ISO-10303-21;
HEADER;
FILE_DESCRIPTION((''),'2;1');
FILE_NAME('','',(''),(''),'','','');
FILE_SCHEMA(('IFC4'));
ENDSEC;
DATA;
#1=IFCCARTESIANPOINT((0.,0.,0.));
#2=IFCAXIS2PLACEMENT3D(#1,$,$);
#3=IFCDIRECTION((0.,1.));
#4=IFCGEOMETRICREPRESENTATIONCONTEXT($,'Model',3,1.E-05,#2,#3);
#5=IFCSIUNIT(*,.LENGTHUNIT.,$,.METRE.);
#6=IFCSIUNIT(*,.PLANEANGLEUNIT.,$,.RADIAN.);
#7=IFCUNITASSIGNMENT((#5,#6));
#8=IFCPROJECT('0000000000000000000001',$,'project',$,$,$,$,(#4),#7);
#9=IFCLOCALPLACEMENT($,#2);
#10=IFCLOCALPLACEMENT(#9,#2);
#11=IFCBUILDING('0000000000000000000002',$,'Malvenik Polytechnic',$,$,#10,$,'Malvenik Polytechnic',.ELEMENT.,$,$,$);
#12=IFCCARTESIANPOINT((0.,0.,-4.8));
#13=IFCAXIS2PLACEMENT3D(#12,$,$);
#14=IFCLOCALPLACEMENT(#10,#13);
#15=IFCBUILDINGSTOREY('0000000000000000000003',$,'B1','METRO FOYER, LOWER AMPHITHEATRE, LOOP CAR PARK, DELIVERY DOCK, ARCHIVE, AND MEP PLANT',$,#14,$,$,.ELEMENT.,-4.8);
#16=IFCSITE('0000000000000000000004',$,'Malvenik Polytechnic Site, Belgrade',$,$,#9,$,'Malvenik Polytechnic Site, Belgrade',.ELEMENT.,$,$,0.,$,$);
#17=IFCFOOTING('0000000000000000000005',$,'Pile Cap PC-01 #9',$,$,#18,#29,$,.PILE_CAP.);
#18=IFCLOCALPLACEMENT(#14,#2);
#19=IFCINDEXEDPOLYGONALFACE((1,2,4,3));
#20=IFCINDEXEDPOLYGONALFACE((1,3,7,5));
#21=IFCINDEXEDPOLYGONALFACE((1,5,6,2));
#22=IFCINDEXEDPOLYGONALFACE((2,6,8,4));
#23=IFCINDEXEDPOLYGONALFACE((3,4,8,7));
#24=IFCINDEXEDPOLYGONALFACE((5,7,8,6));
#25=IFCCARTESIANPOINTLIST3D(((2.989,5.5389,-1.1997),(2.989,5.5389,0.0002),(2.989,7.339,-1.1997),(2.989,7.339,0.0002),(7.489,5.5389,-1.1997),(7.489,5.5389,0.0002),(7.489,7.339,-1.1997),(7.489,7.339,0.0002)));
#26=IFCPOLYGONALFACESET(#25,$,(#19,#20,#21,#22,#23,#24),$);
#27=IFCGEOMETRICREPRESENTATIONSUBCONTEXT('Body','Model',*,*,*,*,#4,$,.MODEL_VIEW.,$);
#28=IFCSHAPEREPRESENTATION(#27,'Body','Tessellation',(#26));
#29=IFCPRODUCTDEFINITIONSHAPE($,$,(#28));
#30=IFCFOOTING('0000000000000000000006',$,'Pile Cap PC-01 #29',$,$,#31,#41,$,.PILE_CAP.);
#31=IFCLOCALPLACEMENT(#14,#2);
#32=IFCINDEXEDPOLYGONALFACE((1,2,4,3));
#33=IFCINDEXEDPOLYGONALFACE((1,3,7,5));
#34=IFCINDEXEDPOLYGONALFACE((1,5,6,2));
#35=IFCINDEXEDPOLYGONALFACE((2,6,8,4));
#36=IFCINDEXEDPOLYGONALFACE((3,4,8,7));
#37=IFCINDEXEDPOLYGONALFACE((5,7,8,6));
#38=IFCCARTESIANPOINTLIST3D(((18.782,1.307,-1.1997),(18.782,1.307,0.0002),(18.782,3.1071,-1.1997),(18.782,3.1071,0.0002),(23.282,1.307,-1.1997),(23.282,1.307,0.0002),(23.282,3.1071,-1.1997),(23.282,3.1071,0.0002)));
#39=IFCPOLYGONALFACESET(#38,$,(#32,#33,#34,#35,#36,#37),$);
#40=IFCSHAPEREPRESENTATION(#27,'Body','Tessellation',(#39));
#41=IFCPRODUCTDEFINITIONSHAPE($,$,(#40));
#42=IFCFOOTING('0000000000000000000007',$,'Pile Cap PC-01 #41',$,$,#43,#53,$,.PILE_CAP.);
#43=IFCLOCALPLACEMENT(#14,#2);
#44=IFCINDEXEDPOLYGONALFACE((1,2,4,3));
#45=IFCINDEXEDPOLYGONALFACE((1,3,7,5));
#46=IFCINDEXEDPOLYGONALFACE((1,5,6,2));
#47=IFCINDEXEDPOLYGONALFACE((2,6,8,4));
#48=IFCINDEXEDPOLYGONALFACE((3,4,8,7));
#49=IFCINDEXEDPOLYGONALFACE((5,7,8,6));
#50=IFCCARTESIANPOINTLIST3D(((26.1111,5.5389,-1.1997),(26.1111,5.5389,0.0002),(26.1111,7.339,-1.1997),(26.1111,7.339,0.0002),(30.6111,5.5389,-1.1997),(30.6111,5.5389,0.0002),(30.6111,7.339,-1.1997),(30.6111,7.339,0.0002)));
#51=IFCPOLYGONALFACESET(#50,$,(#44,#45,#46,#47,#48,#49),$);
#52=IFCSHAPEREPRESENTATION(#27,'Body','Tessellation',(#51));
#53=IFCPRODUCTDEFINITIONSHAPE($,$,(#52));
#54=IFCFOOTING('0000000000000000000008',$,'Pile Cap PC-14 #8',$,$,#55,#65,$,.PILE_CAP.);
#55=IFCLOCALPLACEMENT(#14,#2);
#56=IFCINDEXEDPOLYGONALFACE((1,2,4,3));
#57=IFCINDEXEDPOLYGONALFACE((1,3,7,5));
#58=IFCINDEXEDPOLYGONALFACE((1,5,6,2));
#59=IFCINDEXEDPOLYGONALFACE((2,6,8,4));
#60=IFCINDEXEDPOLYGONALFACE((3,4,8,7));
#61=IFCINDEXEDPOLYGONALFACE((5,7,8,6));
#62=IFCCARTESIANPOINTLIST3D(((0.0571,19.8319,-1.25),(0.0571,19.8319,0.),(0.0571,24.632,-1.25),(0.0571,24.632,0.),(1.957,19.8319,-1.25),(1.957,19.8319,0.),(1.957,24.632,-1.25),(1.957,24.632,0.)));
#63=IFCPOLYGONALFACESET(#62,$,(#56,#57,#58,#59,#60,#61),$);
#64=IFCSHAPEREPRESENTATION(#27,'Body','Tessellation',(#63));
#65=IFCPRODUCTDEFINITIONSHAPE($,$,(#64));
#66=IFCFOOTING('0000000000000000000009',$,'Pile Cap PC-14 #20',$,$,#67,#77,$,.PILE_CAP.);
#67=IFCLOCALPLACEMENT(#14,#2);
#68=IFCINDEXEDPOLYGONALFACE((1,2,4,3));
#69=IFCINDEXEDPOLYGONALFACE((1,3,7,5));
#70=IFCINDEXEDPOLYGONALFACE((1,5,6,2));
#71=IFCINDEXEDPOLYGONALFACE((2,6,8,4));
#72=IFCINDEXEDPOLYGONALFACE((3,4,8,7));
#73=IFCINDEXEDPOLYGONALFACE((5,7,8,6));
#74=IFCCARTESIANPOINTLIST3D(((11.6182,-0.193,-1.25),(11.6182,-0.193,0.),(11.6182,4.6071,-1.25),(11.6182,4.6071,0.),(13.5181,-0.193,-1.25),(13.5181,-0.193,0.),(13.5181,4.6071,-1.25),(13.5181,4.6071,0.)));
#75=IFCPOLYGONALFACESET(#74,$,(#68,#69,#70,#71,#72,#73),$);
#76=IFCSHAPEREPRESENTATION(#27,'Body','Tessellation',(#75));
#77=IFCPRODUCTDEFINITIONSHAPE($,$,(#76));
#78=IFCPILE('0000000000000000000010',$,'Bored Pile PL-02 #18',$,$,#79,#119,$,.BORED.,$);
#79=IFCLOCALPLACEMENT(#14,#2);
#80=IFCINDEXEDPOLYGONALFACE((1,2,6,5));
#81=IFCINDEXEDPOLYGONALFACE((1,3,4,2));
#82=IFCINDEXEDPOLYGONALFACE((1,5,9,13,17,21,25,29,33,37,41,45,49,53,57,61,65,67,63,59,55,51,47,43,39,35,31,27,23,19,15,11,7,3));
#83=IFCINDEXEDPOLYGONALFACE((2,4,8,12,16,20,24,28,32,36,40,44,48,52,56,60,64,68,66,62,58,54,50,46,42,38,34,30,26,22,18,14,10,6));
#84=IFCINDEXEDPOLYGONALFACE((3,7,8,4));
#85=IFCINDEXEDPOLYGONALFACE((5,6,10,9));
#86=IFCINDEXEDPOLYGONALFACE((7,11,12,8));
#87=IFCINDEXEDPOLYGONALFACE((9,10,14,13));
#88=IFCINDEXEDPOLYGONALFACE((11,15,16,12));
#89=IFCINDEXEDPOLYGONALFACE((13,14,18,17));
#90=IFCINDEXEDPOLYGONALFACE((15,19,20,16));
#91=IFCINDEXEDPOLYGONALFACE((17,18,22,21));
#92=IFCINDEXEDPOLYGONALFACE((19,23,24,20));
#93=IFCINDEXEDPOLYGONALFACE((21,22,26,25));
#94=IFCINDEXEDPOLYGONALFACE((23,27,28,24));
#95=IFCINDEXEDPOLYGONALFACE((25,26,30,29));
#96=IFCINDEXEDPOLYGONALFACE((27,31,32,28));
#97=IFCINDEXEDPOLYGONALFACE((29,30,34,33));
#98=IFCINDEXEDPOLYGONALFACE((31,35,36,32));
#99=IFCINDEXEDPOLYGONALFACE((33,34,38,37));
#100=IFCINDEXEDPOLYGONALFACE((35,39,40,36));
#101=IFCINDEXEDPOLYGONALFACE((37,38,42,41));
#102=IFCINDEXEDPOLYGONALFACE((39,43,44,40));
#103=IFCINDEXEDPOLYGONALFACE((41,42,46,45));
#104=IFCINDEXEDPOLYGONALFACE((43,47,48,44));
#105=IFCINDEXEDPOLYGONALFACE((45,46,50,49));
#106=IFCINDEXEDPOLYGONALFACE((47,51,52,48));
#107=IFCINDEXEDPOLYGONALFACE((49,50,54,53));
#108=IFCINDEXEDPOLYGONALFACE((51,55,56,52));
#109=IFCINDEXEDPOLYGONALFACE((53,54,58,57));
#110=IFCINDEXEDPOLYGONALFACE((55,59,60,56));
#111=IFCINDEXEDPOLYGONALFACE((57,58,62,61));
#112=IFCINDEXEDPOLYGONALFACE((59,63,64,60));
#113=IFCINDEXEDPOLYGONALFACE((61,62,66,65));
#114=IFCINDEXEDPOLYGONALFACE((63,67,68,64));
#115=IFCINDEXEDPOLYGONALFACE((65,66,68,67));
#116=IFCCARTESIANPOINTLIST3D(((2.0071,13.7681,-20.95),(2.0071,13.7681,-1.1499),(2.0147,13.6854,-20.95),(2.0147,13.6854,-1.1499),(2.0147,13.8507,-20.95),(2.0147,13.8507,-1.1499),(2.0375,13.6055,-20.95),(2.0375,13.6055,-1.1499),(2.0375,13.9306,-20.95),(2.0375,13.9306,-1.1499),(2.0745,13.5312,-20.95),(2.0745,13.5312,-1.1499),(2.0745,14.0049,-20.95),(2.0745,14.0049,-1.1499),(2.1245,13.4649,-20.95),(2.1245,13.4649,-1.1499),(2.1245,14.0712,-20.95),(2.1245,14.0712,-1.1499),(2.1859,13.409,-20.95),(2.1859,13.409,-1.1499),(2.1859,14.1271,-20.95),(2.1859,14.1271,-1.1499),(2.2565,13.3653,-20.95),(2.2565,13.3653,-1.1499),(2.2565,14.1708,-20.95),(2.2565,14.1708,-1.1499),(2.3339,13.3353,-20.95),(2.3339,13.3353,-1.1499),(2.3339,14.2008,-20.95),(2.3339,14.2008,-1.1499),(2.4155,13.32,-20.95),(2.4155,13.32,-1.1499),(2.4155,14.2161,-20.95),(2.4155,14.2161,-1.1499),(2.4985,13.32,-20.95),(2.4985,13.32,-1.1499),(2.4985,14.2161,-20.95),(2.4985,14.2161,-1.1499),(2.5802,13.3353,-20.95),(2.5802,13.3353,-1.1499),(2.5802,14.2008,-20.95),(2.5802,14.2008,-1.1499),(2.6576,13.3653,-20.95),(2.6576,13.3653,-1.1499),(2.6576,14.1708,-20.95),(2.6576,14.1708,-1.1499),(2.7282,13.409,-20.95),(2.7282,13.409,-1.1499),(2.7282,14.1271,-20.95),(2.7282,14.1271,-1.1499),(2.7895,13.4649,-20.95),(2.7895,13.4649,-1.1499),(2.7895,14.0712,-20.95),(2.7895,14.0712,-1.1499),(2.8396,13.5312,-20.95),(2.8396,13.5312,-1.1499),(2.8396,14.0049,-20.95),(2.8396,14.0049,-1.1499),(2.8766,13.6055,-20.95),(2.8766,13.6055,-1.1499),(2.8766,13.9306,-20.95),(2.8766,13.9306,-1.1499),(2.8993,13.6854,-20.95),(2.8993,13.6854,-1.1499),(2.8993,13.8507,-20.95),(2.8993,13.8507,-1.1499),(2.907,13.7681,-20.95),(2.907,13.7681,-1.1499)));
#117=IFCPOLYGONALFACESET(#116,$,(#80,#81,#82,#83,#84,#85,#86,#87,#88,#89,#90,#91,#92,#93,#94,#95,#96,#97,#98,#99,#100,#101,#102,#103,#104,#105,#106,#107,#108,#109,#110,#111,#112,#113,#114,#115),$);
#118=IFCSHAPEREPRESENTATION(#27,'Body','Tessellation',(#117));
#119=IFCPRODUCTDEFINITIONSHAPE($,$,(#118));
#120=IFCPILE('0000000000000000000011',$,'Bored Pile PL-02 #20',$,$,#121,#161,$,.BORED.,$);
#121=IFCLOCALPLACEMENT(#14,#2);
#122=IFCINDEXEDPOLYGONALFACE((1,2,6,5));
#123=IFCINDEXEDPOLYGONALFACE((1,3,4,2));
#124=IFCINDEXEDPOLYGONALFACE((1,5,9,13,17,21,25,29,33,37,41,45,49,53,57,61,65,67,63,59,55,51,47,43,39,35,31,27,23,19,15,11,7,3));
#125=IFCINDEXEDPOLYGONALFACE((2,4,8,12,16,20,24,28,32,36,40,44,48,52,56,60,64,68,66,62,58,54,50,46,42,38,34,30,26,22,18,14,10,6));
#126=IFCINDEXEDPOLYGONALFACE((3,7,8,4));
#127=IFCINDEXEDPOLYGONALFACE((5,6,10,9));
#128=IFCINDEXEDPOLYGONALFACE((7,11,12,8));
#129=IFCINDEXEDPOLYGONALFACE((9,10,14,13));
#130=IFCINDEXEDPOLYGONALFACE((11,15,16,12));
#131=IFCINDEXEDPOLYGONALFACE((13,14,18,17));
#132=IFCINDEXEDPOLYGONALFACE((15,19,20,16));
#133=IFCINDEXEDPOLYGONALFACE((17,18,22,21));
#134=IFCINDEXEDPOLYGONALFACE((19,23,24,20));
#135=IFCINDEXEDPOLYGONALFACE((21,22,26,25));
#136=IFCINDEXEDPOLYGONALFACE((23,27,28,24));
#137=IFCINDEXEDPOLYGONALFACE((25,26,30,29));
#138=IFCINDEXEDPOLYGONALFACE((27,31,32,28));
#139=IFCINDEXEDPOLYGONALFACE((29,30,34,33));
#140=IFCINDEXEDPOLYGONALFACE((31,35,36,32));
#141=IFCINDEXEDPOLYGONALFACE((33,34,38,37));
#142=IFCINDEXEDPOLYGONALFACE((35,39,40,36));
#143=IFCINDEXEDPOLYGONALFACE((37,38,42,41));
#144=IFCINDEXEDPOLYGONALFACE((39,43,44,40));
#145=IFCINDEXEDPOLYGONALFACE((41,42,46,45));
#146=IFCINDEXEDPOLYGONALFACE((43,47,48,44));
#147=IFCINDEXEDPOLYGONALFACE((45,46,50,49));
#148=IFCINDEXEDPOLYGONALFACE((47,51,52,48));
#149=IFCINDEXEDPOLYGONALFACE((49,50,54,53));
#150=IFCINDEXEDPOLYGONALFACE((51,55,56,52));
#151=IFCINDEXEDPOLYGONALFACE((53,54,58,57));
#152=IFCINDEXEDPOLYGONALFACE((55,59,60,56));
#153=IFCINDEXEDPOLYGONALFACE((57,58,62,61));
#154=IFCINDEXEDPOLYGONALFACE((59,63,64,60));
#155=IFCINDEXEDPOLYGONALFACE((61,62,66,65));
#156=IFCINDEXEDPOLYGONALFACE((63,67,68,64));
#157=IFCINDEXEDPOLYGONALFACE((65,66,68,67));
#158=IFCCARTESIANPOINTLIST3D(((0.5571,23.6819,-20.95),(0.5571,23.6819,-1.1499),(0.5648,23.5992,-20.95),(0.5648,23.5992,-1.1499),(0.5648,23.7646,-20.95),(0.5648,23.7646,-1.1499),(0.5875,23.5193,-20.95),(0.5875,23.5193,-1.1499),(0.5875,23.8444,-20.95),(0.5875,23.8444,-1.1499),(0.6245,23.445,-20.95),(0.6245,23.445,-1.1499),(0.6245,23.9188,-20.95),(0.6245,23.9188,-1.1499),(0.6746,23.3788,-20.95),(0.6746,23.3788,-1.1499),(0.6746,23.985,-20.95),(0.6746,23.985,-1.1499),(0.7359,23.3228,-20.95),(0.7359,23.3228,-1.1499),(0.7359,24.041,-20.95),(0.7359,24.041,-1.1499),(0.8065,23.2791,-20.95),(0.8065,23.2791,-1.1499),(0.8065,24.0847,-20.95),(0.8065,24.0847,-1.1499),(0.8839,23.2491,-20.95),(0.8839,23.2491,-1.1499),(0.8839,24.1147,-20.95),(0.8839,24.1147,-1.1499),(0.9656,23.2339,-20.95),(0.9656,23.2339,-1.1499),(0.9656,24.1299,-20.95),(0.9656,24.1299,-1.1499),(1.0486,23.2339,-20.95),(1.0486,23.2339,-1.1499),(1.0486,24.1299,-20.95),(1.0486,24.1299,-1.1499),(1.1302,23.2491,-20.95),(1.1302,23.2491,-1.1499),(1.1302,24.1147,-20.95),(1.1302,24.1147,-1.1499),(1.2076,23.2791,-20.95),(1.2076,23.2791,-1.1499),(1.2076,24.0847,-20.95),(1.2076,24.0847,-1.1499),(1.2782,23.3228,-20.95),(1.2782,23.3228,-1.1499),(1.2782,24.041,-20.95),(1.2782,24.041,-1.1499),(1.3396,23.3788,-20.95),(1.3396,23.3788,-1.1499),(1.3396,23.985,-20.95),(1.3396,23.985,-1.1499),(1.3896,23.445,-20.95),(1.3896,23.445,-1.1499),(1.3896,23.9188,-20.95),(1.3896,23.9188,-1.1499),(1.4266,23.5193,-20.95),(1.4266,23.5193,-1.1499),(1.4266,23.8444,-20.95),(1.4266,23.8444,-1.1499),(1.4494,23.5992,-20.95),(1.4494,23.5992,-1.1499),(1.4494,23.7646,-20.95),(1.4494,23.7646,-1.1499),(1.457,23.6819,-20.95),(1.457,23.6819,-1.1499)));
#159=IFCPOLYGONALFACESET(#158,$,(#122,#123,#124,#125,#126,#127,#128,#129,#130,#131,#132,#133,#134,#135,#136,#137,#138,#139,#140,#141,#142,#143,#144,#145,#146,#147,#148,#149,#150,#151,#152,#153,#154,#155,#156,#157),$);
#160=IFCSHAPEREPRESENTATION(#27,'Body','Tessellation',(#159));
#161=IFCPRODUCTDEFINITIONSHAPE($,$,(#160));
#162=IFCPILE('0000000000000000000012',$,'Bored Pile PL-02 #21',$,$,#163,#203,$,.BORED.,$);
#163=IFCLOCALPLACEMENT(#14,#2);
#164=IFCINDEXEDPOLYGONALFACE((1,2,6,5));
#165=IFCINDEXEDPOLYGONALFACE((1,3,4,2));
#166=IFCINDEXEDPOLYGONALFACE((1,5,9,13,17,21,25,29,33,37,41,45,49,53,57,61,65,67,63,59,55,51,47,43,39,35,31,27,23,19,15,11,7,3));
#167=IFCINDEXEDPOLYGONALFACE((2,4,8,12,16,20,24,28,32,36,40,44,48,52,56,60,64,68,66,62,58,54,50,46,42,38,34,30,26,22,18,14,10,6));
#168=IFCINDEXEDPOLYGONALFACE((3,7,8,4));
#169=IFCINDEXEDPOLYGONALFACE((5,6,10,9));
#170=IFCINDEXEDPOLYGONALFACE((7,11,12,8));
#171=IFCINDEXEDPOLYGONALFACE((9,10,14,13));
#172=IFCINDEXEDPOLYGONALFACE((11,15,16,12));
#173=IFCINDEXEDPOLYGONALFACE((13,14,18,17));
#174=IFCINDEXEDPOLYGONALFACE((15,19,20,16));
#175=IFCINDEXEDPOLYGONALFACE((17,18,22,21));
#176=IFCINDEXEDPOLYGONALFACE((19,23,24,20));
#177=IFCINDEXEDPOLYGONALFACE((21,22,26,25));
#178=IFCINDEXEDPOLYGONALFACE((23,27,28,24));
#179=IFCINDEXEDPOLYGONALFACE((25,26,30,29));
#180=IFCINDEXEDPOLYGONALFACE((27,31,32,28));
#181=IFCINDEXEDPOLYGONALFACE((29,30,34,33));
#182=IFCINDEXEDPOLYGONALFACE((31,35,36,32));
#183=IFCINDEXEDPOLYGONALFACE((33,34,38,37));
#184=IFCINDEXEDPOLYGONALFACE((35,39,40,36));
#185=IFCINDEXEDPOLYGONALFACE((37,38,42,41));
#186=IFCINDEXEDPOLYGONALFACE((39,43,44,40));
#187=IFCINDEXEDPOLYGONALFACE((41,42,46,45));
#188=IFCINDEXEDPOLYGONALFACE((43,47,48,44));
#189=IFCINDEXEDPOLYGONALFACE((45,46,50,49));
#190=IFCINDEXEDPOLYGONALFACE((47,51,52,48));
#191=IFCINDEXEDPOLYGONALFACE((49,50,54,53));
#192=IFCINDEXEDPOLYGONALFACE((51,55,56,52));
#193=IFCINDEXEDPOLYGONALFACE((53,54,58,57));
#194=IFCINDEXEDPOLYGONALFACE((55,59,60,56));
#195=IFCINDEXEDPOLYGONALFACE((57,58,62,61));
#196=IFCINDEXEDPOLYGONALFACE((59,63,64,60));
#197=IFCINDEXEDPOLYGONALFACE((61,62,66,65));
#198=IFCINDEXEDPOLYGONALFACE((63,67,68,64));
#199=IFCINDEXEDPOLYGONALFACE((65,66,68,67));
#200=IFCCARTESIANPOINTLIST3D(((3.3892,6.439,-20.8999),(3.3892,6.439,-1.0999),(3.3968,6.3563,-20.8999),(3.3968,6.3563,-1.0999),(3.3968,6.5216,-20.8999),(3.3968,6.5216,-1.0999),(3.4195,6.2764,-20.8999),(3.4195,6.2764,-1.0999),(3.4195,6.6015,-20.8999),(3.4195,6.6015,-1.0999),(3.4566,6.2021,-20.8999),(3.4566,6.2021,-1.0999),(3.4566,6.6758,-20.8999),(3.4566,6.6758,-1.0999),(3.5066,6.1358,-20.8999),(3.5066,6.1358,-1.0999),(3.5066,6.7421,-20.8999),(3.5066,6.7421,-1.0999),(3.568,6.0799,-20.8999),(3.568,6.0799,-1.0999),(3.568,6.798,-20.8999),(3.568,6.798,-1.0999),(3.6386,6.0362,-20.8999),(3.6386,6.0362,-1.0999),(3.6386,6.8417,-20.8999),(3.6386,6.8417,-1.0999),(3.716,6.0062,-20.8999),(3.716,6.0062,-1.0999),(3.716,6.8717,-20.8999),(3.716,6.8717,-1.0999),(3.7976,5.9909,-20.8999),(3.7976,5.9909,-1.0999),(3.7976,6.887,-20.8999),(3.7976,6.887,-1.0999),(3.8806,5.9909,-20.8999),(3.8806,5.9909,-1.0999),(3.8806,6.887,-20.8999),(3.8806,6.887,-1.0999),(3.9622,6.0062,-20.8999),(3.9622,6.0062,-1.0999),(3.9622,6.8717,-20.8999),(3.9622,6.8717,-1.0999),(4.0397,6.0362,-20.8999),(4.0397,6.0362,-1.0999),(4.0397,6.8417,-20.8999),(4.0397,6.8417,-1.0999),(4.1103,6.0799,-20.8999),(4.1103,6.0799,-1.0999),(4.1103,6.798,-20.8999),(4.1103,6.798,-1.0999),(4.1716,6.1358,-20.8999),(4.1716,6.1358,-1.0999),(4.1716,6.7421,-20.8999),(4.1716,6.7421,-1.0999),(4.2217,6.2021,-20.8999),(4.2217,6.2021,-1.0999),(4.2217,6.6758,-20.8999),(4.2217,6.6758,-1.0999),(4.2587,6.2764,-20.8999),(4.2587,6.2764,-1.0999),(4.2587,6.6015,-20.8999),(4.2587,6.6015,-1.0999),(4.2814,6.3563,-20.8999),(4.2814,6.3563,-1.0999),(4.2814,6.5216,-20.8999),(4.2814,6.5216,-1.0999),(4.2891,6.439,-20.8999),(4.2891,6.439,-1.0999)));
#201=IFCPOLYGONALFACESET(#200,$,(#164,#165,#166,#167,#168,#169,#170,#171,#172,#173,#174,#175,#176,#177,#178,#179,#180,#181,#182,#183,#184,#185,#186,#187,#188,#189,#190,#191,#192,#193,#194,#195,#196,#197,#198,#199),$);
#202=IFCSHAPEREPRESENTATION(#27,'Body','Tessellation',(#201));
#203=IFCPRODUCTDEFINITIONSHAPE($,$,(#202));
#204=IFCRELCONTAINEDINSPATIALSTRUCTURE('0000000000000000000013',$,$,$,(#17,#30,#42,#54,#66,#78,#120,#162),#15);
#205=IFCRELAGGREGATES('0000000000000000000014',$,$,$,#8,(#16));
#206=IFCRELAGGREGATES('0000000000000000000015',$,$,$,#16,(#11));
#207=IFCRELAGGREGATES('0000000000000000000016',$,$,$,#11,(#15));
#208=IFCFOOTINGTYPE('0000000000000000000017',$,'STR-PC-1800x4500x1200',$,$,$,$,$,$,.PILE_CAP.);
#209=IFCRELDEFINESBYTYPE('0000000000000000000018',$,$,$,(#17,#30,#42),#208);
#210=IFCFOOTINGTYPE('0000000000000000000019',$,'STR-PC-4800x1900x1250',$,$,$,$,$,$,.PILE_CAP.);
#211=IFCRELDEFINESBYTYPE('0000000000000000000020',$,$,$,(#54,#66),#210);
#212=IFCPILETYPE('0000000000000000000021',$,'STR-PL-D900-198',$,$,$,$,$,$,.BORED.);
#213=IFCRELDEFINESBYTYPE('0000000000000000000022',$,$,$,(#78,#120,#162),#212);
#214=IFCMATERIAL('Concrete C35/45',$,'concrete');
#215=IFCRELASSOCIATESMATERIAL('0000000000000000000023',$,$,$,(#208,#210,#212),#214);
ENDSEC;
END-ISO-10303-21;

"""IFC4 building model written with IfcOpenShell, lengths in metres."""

from ifc_helpers import new_model, si_unit, direction, frame, origin, origin_2d, place, context, subcontext, project, spatial, rectangle, circle, extrude, material, material_profile, profile_set, type_object, element, save


model = new_model("IFC4")

# Units and contexts
model_context = context("Model", 3, precision=1e-05, world=origin(), true_north=direction((0.0, 1.0)))
body_context = subcontext(model_context, "Body", "Model", "MODEL_VIEW")
ifc_project = project(units=[si_unit("LENGTHUNIT", "METRE"), si_unit("PLANEANGLEUNIT", "RADIAN")], contexts=[model_context])

# Site, building, storey
site_placement = place(None, origin())
site = spatial("IfcSite", under=ifc_project, at=site_placement, Name="Malvenik Polytechnic Site, Belgrade", LongName="Malvenik Polytechnic Site, Belgrade", CompositionType="ELEMENT", RefElevation=0.0)
building_placement = place(site_placement, origin())
building = spatial("IfcBuilding", under=site, at=building_placement, Name="Malvenik Polytechnic", LongName="Malvenik Polytechnic", CompositionType="ELEMENT")
storey_placement = place(building_placement, frame((0.0, 0.0, -4.8)))
storey = spatial("IfcBuildingStorey", under=building, at=storey_placement, Name="B1", Description="METRO FOYER, LOWER AMPHITHEATRE, LOOP CAR PARK, DELIVERY DOCK, ARCHIVE, AND MEP PLANT", CompositionType="ELEMENT", Elevation=-4.8)

# Footings
ifc_material_1 = material(Name="Concrete C35/45", Category="concrete")
footing_type_1 = type_object("IfcFootingType", Name="STR-PC-1800x4500x1200", PredefinedType="PILE_CAP", material=ifc_material_1)
for number, where, z_axis, x_axis, name in (
    (1, (5.239, 6.439, -1.1997), (0.0, 0.0, 1.0), (1.0, 0.0, 0.0), "Pile Cap PC-01 #9"),
    (2, (21.032, 2.207, -1.1997), (0.0, 0.0, 1.0), (1.0, 0.0, 0.0), "Pile Cap PC-01 #29"),
    (3, (28.3611, 6.439, -1.1997), (0.0, 0.0, 1.0), (1.0, 0.0, 0.0), "Pile Cap PC-01 #41"),
):
    element("IfcFooting", number, at=place(storey_placement, frame(where, z_axis=z_axis, x_axis=x_axis)), inside=storey, type_object=footing_type_1, Name=name, PredefinedType="PILE_CAP", context=body_context, shape_type="SweptSolid", body=[
        extrude(rectangle(XDim=4.5, YDim=1.8, at=origin_2d()), origin(), (0.0, 0.0, 1.0), 1.2),
    ])
footing_type_2 = type_object("IfcFootingType", Name="STR-PC-4800x1900x1250", PredefinedType="PILE_CAP", material=ifc_material_1)
for number, where, z_axis, x_axis, name in (
    (4, (1.0071, 22.2319, -1.25), (0.0, 0.0, 1.0), (1.0, 0.0, 0.0), "Pile Cap PC-14 #8"),
    (5, (12.5681, 2.207, -1.25), (0.0, 0.0, 1.0), (1.0, 0.0, 0.0), "Pile Cap PC-14 #20"),
):
    element("IfcFooting", number, at=place(storey_placement, frame(where, z_axis=z_axis, x_axis=x_axis)), inside=storey, type_object=footing_type_2, Name=name, PredefinedType="PILE_CAP", context=body_context, shape_type="SweptSolid", body=[
        extrude(rectangle(XDim=1.8999, YDim=4.8, at=origin_2d()), origin(), (0.0, 0.0, 1.0), 1.25),
    ])

# Piles
ifc_material_profile_1 = material_profile(ifc_material_1, circle(Radius=0.45, at=origin_2d()), Name="BORED PILE D900")
ifc_profile_set_1 = profile_set([ifc_material_profile_1], Name="Concrete C35/45")
pile_type = type_object("IfcPileType", Name="STR-PL-D900-198", PredefinedType="BORED", material=ifc_profile_set_1)
for number, where, z_axis, x_axis, name in (
    (6, (2.457, 13.7681, -1.1499), (0.0, 0.0, -1.0), (1.0, 0.0, 0.0), "Bored Pile PL-02 #18"),
    (7, (1.0071, 23.6819, -1.1499), (0.0, 0.0, -1.0), (1.0, 0.0, 0.0), "Bored Pile PL-02 #20"),
    (8, (3.8391, 6.439, -1.0999), (0.0, 0.0, -1.0), (1.0, 0.0, 0.0), "Bored Pile PL-02 #21"),
):
    element("IfcPile", number, at=place(storey_placement, frame(where, z_axis=z_axis, x_axis=x_axis)), inside=storey, type_object=pile_type, Name=name, PredefinedType="BORED", context=body_context, shape_type="SweptSolid", body=[
        extrude(circle(Radius=0.45, at=origin_2d()), origin(), (0.0, 0.0, 1.0), 19.8),
    ])

save(model, "model.ifc")
